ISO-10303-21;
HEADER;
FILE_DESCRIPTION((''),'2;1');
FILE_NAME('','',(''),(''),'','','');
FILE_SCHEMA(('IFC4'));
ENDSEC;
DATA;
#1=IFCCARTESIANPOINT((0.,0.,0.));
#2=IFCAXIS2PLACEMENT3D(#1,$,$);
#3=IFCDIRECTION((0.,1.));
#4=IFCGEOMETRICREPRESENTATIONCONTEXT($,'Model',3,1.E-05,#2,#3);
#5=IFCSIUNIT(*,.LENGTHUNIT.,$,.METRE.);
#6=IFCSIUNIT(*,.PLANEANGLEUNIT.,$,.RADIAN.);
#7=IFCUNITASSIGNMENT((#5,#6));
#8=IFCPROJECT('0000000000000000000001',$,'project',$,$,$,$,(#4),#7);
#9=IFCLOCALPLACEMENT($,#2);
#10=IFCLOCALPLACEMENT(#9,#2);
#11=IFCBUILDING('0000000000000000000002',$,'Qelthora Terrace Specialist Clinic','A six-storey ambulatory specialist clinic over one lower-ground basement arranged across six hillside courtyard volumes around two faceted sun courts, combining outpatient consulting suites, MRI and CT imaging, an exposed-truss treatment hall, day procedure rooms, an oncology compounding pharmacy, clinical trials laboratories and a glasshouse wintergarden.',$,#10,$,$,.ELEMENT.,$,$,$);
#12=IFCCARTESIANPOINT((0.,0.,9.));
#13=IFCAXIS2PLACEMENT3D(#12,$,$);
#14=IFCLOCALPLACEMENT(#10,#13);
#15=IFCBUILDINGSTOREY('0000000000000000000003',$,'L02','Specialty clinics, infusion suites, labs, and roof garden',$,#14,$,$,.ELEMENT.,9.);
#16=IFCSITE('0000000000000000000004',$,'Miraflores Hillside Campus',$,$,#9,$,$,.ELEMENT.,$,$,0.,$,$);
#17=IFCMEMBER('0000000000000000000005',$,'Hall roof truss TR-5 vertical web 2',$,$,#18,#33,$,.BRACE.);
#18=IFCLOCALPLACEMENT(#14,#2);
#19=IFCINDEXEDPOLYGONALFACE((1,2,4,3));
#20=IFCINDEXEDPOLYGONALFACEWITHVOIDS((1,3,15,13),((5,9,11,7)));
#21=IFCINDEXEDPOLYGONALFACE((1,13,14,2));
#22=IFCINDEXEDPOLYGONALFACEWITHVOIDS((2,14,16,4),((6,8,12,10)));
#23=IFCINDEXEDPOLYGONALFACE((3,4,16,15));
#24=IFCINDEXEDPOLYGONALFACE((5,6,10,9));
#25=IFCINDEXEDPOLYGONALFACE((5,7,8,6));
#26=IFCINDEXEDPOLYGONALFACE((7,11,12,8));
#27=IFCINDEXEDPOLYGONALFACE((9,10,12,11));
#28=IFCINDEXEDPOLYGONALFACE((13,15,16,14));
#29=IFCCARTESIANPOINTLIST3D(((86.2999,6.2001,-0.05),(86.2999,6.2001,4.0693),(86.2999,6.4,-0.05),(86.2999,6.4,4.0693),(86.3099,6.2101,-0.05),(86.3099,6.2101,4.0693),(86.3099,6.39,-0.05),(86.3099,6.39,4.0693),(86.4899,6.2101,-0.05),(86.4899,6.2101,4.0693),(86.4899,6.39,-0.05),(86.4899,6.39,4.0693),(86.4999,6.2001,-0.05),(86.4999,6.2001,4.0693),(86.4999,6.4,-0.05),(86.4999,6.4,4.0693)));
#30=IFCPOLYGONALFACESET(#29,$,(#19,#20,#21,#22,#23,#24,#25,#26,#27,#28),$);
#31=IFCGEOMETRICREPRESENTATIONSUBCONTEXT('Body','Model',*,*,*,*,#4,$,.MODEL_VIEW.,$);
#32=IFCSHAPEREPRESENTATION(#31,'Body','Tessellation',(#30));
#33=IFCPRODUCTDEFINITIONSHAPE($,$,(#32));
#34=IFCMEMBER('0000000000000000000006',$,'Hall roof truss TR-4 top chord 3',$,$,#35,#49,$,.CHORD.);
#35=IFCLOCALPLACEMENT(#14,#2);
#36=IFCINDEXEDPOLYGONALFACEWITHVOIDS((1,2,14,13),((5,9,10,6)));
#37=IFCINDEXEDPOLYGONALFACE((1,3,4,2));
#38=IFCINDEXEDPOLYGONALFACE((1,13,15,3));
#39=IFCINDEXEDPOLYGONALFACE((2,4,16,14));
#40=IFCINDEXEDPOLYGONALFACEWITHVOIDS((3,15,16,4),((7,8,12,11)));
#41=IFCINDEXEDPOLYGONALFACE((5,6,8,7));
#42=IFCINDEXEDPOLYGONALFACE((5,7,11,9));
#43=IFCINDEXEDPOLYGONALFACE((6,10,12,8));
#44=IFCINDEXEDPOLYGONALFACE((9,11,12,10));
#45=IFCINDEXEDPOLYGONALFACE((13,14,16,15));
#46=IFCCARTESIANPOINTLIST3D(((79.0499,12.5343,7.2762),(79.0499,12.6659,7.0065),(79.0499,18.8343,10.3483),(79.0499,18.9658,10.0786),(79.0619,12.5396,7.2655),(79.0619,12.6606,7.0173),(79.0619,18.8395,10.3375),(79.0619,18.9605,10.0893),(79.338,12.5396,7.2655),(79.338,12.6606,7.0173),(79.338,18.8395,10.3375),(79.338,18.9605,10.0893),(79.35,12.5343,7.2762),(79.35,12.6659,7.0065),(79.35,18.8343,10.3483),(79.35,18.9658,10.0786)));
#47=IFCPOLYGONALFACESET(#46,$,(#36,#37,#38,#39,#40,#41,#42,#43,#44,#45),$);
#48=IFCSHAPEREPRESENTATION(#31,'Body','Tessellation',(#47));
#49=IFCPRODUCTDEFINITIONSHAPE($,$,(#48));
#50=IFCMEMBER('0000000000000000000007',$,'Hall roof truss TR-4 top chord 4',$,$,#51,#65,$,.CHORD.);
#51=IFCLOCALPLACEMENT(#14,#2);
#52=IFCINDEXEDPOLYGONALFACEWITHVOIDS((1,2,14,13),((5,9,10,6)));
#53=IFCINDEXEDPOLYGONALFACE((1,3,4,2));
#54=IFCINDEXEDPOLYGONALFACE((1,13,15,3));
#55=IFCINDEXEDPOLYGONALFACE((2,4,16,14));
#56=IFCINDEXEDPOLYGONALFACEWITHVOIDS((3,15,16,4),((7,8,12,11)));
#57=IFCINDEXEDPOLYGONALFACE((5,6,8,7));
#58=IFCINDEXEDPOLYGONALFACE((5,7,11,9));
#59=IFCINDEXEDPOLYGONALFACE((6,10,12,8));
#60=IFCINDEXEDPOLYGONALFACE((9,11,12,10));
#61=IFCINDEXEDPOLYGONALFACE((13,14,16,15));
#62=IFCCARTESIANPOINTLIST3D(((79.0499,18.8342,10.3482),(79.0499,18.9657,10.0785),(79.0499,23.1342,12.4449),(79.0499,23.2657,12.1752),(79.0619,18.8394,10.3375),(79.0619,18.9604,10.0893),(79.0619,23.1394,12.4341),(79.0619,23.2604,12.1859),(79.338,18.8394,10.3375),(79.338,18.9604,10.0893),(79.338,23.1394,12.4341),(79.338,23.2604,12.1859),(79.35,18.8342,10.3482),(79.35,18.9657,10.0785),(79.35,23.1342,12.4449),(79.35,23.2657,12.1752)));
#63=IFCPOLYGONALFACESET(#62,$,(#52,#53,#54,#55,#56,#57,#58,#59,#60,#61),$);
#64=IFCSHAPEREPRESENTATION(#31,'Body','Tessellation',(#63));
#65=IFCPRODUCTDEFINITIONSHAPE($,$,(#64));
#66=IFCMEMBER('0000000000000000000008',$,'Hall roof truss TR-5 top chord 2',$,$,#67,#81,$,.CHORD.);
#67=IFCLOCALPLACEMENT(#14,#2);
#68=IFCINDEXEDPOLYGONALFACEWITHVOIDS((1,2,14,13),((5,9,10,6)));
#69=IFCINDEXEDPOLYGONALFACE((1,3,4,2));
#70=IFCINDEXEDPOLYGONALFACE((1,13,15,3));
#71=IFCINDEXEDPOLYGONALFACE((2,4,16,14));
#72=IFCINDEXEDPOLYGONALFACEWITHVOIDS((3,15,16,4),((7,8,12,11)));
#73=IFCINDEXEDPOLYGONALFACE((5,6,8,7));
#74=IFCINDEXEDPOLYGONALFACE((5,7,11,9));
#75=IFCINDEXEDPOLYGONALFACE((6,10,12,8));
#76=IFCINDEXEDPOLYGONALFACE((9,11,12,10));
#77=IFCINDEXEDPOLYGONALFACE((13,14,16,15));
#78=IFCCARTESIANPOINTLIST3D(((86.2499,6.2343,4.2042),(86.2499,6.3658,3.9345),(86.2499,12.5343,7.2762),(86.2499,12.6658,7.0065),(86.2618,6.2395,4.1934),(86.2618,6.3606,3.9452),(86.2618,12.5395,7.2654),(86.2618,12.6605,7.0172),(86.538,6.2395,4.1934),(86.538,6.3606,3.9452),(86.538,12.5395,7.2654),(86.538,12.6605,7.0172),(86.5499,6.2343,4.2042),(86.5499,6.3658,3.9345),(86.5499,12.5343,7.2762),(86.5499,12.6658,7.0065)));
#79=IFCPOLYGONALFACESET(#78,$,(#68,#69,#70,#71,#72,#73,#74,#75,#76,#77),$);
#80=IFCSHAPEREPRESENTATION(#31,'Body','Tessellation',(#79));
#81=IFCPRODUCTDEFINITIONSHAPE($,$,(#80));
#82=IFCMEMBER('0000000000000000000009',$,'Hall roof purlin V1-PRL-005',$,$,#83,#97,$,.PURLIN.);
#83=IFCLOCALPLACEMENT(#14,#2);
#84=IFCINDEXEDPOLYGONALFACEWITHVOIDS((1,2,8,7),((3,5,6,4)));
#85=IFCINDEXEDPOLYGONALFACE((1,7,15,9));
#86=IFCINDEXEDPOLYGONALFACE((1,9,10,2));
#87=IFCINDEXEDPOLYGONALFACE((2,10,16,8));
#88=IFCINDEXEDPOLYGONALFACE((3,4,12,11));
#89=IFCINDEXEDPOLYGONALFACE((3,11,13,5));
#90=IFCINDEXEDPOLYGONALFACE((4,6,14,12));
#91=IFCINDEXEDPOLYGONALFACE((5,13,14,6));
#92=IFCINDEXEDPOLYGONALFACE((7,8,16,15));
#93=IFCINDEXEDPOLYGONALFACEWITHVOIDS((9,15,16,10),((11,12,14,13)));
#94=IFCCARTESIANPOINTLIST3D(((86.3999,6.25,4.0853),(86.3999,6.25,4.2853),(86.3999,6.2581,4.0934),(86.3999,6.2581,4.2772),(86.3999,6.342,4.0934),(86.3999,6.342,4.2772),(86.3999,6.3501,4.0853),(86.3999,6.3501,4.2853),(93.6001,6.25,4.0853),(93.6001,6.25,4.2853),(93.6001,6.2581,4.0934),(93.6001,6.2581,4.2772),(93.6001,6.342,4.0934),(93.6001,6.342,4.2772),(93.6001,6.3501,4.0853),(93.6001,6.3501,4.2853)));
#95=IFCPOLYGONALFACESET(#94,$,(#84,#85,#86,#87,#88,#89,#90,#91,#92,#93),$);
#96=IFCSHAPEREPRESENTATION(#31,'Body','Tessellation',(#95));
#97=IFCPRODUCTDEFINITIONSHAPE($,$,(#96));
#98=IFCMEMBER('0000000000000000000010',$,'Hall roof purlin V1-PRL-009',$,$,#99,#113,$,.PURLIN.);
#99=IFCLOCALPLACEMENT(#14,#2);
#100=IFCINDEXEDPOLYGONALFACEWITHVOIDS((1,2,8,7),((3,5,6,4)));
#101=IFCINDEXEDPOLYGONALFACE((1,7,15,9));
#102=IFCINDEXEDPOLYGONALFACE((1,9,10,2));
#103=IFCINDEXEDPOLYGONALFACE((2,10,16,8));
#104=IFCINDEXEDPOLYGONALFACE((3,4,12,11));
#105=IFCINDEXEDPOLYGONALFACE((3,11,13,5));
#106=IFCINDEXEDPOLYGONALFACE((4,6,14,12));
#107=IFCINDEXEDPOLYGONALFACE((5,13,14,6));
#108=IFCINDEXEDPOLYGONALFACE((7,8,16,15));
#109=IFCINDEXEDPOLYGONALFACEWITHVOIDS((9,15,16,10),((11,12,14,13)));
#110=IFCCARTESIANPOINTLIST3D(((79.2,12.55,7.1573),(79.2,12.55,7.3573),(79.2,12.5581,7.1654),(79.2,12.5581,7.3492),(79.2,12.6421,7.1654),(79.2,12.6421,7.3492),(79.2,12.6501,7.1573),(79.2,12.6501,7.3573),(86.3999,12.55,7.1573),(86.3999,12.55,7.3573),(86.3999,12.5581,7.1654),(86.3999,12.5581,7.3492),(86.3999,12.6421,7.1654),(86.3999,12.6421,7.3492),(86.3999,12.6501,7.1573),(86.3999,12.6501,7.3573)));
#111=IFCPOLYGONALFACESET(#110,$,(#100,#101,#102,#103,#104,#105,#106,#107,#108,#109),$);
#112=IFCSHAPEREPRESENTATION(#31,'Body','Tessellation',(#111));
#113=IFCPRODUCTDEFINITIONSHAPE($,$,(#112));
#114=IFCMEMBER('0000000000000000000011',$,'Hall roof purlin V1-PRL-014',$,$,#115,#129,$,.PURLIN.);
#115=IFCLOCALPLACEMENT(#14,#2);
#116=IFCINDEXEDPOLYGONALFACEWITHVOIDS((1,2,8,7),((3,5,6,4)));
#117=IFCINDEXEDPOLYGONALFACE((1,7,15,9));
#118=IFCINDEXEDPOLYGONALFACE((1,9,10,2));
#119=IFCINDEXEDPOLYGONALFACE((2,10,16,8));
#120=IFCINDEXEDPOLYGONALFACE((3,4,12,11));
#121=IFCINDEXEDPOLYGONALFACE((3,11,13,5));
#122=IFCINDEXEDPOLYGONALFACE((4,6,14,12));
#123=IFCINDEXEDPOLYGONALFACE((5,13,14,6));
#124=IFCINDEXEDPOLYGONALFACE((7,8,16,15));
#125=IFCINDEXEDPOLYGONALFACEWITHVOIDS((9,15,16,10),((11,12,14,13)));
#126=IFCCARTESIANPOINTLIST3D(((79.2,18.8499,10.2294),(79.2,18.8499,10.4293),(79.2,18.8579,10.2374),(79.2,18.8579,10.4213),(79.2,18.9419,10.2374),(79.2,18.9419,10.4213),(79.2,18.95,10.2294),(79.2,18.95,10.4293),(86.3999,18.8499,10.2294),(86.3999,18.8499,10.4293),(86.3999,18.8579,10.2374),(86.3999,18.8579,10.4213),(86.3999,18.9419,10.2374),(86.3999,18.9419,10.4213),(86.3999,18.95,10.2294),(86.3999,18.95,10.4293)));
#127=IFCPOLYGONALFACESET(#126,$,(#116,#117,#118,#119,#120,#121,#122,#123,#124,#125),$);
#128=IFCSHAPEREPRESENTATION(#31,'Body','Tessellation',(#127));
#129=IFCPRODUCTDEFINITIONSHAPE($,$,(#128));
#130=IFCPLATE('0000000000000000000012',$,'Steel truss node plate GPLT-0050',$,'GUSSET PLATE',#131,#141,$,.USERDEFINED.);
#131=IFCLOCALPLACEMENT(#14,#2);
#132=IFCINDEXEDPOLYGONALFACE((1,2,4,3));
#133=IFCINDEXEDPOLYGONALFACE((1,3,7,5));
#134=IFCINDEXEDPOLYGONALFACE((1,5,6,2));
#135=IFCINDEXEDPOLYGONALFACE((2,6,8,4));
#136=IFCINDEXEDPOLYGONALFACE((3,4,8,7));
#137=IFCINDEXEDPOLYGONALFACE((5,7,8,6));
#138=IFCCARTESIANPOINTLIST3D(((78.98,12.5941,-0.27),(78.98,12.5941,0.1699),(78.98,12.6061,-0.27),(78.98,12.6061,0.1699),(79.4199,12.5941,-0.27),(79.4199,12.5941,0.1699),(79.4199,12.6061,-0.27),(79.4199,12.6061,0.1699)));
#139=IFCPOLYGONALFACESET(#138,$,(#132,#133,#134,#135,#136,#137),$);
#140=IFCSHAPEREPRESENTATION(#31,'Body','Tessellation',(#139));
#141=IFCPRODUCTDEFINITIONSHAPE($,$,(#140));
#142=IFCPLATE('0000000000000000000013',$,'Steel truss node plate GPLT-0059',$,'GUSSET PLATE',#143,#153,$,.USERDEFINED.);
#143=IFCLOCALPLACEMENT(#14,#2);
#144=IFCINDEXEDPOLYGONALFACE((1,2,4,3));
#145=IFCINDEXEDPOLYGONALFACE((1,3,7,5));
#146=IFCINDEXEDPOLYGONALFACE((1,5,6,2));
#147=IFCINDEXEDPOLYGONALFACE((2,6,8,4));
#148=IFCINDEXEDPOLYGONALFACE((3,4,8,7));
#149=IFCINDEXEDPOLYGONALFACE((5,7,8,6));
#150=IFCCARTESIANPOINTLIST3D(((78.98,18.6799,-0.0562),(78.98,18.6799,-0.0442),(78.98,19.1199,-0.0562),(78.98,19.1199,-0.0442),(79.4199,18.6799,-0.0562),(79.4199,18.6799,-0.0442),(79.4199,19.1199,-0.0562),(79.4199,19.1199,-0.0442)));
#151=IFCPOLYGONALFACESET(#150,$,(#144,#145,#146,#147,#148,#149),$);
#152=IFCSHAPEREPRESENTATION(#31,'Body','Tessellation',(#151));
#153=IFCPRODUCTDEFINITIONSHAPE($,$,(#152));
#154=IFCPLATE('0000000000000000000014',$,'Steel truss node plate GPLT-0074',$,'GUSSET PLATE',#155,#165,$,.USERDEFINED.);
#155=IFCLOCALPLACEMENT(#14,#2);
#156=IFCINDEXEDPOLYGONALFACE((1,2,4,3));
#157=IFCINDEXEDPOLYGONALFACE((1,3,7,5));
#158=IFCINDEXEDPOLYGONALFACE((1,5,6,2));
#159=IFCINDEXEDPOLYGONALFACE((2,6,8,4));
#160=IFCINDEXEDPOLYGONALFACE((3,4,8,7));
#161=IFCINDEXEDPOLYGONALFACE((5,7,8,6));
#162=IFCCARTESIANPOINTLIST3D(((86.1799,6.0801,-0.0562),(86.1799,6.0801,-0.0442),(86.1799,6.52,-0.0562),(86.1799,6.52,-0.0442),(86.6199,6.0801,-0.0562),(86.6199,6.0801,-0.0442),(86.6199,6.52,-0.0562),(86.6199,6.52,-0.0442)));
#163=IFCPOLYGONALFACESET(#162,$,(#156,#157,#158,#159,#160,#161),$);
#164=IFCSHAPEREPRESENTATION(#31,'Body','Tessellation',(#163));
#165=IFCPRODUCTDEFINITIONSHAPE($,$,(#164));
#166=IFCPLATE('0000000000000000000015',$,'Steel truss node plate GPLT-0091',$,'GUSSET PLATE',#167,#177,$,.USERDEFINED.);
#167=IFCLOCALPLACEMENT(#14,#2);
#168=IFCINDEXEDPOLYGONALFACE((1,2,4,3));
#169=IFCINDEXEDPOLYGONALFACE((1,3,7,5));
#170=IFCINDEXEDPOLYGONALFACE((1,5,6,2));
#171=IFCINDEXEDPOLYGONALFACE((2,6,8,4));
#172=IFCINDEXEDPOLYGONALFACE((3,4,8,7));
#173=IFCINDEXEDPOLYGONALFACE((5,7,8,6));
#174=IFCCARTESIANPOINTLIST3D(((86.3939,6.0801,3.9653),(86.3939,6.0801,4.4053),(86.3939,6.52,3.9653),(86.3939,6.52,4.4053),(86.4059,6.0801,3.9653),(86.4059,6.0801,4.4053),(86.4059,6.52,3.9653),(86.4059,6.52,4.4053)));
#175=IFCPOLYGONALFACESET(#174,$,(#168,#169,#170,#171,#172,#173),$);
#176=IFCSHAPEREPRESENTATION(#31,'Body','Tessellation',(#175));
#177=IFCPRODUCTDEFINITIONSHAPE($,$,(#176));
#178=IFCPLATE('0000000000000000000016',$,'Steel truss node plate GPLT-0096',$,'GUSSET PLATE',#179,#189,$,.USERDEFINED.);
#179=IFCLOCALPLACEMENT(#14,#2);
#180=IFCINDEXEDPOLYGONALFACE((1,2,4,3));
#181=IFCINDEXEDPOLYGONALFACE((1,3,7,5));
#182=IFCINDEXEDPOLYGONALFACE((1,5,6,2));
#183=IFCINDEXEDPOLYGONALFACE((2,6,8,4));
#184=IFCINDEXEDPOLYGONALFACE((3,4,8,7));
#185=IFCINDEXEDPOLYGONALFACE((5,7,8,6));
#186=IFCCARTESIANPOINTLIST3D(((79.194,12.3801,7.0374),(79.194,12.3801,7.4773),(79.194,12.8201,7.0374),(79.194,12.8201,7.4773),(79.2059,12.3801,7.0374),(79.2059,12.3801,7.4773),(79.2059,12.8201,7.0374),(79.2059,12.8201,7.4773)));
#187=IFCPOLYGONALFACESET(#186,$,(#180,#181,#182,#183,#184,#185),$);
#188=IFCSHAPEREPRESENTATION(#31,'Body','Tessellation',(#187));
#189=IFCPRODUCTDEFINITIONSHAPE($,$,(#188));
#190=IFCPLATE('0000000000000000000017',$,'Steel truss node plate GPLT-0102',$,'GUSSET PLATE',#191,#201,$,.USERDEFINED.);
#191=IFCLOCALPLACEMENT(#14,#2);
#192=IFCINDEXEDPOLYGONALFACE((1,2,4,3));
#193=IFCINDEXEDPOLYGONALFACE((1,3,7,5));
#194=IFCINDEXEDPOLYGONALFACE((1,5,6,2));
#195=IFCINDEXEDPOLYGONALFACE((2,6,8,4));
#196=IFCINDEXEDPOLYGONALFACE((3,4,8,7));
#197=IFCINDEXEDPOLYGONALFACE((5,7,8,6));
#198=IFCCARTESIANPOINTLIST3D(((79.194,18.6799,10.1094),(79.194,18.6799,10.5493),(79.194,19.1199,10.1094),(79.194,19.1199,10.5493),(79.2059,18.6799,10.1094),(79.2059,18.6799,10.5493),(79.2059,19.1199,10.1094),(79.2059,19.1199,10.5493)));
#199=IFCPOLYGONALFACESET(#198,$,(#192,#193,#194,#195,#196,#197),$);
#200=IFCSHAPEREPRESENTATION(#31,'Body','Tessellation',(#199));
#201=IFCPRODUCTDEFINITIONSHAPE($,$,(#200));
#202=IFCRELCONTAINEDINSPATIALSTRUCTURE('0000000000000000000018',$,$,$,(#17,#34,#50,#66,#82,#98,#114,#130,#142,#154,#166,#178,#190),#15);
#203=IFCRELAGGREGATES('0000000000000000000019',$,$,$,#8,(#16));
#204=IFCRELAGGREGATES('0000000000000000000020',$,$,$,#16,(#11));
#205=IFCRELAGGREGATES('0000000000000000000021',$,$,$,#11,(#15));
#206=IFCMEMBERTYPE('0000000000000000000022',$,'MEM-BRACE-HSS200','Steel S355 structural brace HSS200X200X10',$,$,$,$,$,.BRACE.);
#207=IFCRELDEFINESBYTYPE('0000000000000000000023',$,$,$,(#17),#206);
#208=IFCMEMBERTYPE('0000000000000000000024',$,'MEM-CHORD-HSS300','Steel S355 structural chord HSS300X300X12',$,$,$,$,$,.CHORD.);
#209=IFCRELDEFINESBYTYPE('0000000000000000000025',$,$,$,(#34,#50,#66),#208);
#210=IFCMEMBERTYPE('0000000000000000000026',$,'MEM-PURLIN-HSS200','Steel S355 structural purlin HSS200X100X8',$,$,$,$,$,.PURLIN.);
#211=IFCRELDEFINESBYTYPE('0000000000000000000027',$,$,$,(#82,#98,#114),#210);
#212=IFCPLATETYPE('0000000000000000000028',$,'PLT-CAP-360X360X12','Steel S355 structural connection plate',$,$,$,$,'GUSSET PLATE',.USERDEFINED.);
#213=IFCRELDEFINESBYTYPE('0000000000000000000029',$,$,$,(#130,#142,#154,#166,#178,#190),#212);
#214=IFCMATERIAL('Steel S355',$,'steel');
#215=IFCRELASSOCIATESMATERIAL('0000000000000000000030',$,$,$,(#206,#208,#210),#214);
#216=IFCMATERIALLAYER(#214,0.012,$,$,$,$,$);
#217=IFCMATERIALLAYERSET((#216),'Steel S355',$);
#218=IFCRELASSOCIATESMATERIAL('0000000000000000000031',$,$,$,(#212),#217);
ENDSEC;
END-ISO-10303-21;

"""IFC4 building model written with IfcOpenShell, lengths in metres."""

from ifc_helpers import new_model, si_unit, direction, frame, origin, origin_2d, place, context, subcontext, project, spatial, rectangle, hollow_rectangle, extrude, material, layer, layer_set, material_profile, profile_set, type_object, element, save


model = new_model("IFC4")

# Units and contexts
model_context = context("Model", 3, precision=1e-05, world=origin(), true_north=direction((0.0, 1.0)))
body_context = subcontext(model_context, "Body", "Model", "MODEL_VIEW")
ifc_project = project(units=[si_unit("LENGTHUNIT", "METRE"), si_unit("PLANEANGLEUNIT", "RADIAN")], contexts=[model_context])

# Site, building, storey
site_placement = place(None, origin())
site = spatial("IfcSite", under=ifc_project, at=site_placement, Name="Miraflores Hillside Campus", CompositionType="ELEMENT", RefElevation=0.0)
building_placement = place(site_placement, origin())
building = spatial("IfcBuilding", under=site, at=building_placement, Name="Qelthora Terrace Specialist Clinic", Description="A six-storey ambulatory specialist clinic over one lower-ground basement arranged across six hillside courtyard volumes around two faceted sun courts, combining outpatient consulting suites, MRI and CT imaging, an exposed-truss treatment hall, day procedure rooms, an oncology compounding pharmacy, clinical trials laboratories and a glasshouse wintergarden.", CompositionType="ELEMENT")
storey_placement = place(building_placement, frame((0.0, 0.0, 9.0)))
storey = spatial("IfcBuildingStorey", under=building, at=storey_placement, Name="L02", Description="Specialty clinics, infusion suites, labs, and roof garden", CompositionType="ELEMENT", Elevation=9.0)

# Members
ifc_material = material(Name="Steel S355", Category="steel")
ifc_material_profile_1 = material_profile(ifc_material, hollow_rectangle(XDim=0.2, YDim=0.2, WallThickness=0.01, at=origin_2d()), Name="HSS200X200X10")
ifc_profile_set_1 = profile_set([ifc_material_profile_1], Name="Steel S355")
member_type_1 = type_object("IfcMemberType", Name="MEM-BRACE-HSS200", Description="Steel S355 structural brace HSS200X200X10", PredefinedType="BRACE", material=ifc_profile_set_1)
member_1_placement = place(storey_placement, frame((86.3999, 6.3, -0.05), z_axis=(0.0, 0.0, 1.0), x_axis=(1.0, 0.0, 0.0)))
element("IfcMember", 1, at=member_1_placement, inside=storey, type_object=member_type_1, Name="Hall roof truss TR-5 vertical web 2", PredefinedType="BRACE", context=body_context, shape_type="SweptSolid", body=[
    extrude(hollow_rectangle(XDim=0.2, YDim=0.2, WallThickness=0.01, at=origin_2d()), origin(), (0.0, 0.0, 1.0), 4.1194),
])
ifc_material_profile_2 = material_profile(ifc_material, hollow_rectangle(XDim=0.3, YDim=0.3, WallThickness=0.012, at=origin_2d()), Name="HSS300X300X12")
ifc_profile_set_2 = profile_set([ifc_material_profile_2], Name="Steel S355")
member_type_2 = type_object("IfcMemberType", Name="MEM-CHORD-HSS300", Description="Steel S355 structural chord HSS300X300X12", PredefinedType="CHORD", material=ifc_profile_set_2)
member_2_placement = place(storey_placement, frame((79.2, 12.6001, 7.1414), z_axis=(0.0, 0.898828, 0.438302), x_axis=(-1.0, 0.0, 0.0)))
element("IfcMember", 2, at=member_2_placement, inside=storey, type_object=member_type_2, Name="Hall roof truss TR-4 top chord 3", PredefinedType="CHORD", context=body_context, shape_type="SweptSolid", body=[
    extrude(hollow_rectangle(XDim=0.3, YDim=0.3, WallThickness=0.012, at=origin_2d()), origin(), (0.0, 0.0, 1.0), 7.009),
])
member_3_placement = place(storey_placement, frame((79.2, 18.8999, 10.2134), z_axis=(0.0, 0.898843, 0.438271), x_axis=(-1.0, 0.0, 0.0)))
element("IfcMember", 3, at=member_3_placement, inside=storey, type_object=member_type_2, Name="Hall roof truss TR-4 top chord 4", PredefinedType="CHORD", context=body_context, shape_type="SweptSolid", body=[
    extrude(hollow_rectangle(XDim=0.3, YDim=0.3, WallThickness=0.012, at=origin_2d()), origin(), (0.0, 0.0, 1.0), 4.7839),
])
member_4_placement = place(storey_placement, frame((86.3999, 6.3, 4.0693), z_axis=(0.0, 0.898834, 0.438288), x_axis=(-1.0, 0.0, 0.0)))
element("IfcMember", 4, at=member_4_placement, inside=storey, type_object=member_type_2, Name="Hall roof truss TR-5 top chord 2", PredefinedType="CHORD", context=body_context, shape_type="SweptSolid", body=[
    extrude(hollow_rectangle(XDim=0.3, YDim=0.3, WallThickness=0.012, at=origin_2d()), origin(), (0.0, 0.0, 1.0), 7.009),
])
ifc_material_profile_3 = material_profile(ifc_material, hollow_rectangle(XDim=0.1001, YDim=0.2, WallThickness=0.0081, at=origin_2d()), Name="HSS200X100X8")
ifc_profile_set_3 = profile_set([ifc_material_profile_3], Name="Steel S355")
member_type_3 = type_object("IfcMemberType", Name="MEM-PURLIN-HSS200", Description="Steel S355 structural purlin HSS200X100X8", PredefinedType="PURLIN", material=ifc_profile_set_3)
member_5_placement = place(storey_placement, frame((86.3999, 6.3, 4.1853), z_axis=(1.0, 0.0, 0.0), x_axis=(0.0, 1.0, 0.0)))
element("IfcMember", 5, at=member_5_placement, inside=storey, type_object=member_type_3, Name="Hall roof purlin V1-PRL-005", PredefinedType="PURLIN", context=body_context, shape_type="SweptSolid", body=[
    extrude(hollow_rectangle(XDim=0.1001, YDim=0.2, WallThickness=0.0081, at=origin_2d()), origin(), (0.0, 0.0, 1.0), 7.2002),
])
for number, where, z_axis, x_axis, name in (
    (6, (79.2, 12.6001, 7.2573), (1.0, 0.0, 0.0), (0.0, 1.0, 0.0), "Hall roof purlin V1-PRL-009"),
    (7, (79.2, 18.8999, 10.3293), (1.0, 0.0, 0.0), (0.0, 1.0, 0.0), "Hall roof purlin V1-PRL-014"),
):
    element("IfcMember", number, at=place(storey_placement, frame(where, z_axis=z_axis, x_axis=x_axis)), inside=storey, type_object=member_type_3, Name=name, PredefinedType="PURLIN", context=body_context, shape_type="SweptSolid", body=[
        extrude(hollow_rectangle(XDim=0.1001, YDim=0.2, WallThickness=0.0081, at=origin_2d()), origin(), (0.0, 0.0, 1.0), 7.2),
    ])

# Plates
ifc_layer_1 = layer(ifc_material, 0.012)
ifc_layer_set_1 = layer_set([ifc_layer_1], Name="Steel S355")
plate_type_1 = type_object("IfcPlateType", Name="PLT-CAP-360X360X12", Description="Steel S355 structural connection plate", ElementType="GUSSET PLATE", PredefinedType="USERDEFINED", material=ifc_layer_set_1)
plate_placement = place(storey_placement, frame((79.2, 12.6001, -0.27), z_axis=(0.0, 0.0, 1.0), x_axis=(1.0, 0.0, 0.0)))
element("IfcPlate", 8, at=plate_placement, inside=storey, type_object=plate_type_1, Name="Steel truss node plate GPLT-0050", ObjectType="GUSSET PLATE", PredefinedType="USERDEFINED", context=body_context, shape_type="SweptSolid", body=[
    extrude(rectangle(XDim=0.4399, YDim=0.012, at=origin_2d()), origin(), (0.0, 0.0, 1.0), 0.4399),
])
for number, where, z_axis, x_axis, name in (
    (9, (79.2, 18.8999, -0.0562), (0.0, 0.0, 1.0), (1.0, 0.0, 0.0), "Steel truss node plate GPLT-0059"),
    (10, (86.3999, 6.3, -0.0562), (0.0, 0.0, 1.0), (1.0, 0.0, 0.0), "Steel truss node plate GPLT-0074"),
):
    element("IfcPlate", number, at=place(storey_placement, frame(where, z_axis=z_axis, x_axis=x_axis)), inside=storey, type_object=plate_type_1, Name=name, ObjectType="GUSSET PLATE", PredefinedType="USERDEFINED", context=body_context, shape_type="SweptSolid", body=[
        extrude(rectangle(XDim=0.4399, YDim=0.4399, at=origin_2d()), origin(), (0.0, 0.0, 1.0), 0.012),
    ])
for number, where, z_axis, x_axis, name in (
    (11, (86.3999, 6.3, 3.9653), (0.0, 0.0, 1.0), (1.0, 0.0, 0.0), "Steel truss node plate GPLT-0091"),
    (12, (79.2, 12.6001, 7.0374), (0.0, 0.0, 1.0), (1.0, 0.0, 0.0), "Steel truss node plate GPLT-0096"),
    (13, (79.2, 18.8999, 10.1094), (0.0, 0.0, 1.0), (1.0, 0.0, 0.0), "Steel truss node plate GPLT-0102"),
):
    element("IfcPlate", number, at=place(storey_placement, frame(where, z_axis=z_axis, x_axis=x_axis)), inside=storey, type_object=plate_type_1, Name=name, ObjectType="GUSSET PLATE", PredefinedType="USERDEFINED", context=body_context, shape_type="SweptSolid", body=[
        extrude(rectangle(XDim=0.012, YDim=0.4399, at=origin_2d()), origin(), (0.0, 0.0, 1.0), 0.4399),
    ])

save(model, "model.ifc")
